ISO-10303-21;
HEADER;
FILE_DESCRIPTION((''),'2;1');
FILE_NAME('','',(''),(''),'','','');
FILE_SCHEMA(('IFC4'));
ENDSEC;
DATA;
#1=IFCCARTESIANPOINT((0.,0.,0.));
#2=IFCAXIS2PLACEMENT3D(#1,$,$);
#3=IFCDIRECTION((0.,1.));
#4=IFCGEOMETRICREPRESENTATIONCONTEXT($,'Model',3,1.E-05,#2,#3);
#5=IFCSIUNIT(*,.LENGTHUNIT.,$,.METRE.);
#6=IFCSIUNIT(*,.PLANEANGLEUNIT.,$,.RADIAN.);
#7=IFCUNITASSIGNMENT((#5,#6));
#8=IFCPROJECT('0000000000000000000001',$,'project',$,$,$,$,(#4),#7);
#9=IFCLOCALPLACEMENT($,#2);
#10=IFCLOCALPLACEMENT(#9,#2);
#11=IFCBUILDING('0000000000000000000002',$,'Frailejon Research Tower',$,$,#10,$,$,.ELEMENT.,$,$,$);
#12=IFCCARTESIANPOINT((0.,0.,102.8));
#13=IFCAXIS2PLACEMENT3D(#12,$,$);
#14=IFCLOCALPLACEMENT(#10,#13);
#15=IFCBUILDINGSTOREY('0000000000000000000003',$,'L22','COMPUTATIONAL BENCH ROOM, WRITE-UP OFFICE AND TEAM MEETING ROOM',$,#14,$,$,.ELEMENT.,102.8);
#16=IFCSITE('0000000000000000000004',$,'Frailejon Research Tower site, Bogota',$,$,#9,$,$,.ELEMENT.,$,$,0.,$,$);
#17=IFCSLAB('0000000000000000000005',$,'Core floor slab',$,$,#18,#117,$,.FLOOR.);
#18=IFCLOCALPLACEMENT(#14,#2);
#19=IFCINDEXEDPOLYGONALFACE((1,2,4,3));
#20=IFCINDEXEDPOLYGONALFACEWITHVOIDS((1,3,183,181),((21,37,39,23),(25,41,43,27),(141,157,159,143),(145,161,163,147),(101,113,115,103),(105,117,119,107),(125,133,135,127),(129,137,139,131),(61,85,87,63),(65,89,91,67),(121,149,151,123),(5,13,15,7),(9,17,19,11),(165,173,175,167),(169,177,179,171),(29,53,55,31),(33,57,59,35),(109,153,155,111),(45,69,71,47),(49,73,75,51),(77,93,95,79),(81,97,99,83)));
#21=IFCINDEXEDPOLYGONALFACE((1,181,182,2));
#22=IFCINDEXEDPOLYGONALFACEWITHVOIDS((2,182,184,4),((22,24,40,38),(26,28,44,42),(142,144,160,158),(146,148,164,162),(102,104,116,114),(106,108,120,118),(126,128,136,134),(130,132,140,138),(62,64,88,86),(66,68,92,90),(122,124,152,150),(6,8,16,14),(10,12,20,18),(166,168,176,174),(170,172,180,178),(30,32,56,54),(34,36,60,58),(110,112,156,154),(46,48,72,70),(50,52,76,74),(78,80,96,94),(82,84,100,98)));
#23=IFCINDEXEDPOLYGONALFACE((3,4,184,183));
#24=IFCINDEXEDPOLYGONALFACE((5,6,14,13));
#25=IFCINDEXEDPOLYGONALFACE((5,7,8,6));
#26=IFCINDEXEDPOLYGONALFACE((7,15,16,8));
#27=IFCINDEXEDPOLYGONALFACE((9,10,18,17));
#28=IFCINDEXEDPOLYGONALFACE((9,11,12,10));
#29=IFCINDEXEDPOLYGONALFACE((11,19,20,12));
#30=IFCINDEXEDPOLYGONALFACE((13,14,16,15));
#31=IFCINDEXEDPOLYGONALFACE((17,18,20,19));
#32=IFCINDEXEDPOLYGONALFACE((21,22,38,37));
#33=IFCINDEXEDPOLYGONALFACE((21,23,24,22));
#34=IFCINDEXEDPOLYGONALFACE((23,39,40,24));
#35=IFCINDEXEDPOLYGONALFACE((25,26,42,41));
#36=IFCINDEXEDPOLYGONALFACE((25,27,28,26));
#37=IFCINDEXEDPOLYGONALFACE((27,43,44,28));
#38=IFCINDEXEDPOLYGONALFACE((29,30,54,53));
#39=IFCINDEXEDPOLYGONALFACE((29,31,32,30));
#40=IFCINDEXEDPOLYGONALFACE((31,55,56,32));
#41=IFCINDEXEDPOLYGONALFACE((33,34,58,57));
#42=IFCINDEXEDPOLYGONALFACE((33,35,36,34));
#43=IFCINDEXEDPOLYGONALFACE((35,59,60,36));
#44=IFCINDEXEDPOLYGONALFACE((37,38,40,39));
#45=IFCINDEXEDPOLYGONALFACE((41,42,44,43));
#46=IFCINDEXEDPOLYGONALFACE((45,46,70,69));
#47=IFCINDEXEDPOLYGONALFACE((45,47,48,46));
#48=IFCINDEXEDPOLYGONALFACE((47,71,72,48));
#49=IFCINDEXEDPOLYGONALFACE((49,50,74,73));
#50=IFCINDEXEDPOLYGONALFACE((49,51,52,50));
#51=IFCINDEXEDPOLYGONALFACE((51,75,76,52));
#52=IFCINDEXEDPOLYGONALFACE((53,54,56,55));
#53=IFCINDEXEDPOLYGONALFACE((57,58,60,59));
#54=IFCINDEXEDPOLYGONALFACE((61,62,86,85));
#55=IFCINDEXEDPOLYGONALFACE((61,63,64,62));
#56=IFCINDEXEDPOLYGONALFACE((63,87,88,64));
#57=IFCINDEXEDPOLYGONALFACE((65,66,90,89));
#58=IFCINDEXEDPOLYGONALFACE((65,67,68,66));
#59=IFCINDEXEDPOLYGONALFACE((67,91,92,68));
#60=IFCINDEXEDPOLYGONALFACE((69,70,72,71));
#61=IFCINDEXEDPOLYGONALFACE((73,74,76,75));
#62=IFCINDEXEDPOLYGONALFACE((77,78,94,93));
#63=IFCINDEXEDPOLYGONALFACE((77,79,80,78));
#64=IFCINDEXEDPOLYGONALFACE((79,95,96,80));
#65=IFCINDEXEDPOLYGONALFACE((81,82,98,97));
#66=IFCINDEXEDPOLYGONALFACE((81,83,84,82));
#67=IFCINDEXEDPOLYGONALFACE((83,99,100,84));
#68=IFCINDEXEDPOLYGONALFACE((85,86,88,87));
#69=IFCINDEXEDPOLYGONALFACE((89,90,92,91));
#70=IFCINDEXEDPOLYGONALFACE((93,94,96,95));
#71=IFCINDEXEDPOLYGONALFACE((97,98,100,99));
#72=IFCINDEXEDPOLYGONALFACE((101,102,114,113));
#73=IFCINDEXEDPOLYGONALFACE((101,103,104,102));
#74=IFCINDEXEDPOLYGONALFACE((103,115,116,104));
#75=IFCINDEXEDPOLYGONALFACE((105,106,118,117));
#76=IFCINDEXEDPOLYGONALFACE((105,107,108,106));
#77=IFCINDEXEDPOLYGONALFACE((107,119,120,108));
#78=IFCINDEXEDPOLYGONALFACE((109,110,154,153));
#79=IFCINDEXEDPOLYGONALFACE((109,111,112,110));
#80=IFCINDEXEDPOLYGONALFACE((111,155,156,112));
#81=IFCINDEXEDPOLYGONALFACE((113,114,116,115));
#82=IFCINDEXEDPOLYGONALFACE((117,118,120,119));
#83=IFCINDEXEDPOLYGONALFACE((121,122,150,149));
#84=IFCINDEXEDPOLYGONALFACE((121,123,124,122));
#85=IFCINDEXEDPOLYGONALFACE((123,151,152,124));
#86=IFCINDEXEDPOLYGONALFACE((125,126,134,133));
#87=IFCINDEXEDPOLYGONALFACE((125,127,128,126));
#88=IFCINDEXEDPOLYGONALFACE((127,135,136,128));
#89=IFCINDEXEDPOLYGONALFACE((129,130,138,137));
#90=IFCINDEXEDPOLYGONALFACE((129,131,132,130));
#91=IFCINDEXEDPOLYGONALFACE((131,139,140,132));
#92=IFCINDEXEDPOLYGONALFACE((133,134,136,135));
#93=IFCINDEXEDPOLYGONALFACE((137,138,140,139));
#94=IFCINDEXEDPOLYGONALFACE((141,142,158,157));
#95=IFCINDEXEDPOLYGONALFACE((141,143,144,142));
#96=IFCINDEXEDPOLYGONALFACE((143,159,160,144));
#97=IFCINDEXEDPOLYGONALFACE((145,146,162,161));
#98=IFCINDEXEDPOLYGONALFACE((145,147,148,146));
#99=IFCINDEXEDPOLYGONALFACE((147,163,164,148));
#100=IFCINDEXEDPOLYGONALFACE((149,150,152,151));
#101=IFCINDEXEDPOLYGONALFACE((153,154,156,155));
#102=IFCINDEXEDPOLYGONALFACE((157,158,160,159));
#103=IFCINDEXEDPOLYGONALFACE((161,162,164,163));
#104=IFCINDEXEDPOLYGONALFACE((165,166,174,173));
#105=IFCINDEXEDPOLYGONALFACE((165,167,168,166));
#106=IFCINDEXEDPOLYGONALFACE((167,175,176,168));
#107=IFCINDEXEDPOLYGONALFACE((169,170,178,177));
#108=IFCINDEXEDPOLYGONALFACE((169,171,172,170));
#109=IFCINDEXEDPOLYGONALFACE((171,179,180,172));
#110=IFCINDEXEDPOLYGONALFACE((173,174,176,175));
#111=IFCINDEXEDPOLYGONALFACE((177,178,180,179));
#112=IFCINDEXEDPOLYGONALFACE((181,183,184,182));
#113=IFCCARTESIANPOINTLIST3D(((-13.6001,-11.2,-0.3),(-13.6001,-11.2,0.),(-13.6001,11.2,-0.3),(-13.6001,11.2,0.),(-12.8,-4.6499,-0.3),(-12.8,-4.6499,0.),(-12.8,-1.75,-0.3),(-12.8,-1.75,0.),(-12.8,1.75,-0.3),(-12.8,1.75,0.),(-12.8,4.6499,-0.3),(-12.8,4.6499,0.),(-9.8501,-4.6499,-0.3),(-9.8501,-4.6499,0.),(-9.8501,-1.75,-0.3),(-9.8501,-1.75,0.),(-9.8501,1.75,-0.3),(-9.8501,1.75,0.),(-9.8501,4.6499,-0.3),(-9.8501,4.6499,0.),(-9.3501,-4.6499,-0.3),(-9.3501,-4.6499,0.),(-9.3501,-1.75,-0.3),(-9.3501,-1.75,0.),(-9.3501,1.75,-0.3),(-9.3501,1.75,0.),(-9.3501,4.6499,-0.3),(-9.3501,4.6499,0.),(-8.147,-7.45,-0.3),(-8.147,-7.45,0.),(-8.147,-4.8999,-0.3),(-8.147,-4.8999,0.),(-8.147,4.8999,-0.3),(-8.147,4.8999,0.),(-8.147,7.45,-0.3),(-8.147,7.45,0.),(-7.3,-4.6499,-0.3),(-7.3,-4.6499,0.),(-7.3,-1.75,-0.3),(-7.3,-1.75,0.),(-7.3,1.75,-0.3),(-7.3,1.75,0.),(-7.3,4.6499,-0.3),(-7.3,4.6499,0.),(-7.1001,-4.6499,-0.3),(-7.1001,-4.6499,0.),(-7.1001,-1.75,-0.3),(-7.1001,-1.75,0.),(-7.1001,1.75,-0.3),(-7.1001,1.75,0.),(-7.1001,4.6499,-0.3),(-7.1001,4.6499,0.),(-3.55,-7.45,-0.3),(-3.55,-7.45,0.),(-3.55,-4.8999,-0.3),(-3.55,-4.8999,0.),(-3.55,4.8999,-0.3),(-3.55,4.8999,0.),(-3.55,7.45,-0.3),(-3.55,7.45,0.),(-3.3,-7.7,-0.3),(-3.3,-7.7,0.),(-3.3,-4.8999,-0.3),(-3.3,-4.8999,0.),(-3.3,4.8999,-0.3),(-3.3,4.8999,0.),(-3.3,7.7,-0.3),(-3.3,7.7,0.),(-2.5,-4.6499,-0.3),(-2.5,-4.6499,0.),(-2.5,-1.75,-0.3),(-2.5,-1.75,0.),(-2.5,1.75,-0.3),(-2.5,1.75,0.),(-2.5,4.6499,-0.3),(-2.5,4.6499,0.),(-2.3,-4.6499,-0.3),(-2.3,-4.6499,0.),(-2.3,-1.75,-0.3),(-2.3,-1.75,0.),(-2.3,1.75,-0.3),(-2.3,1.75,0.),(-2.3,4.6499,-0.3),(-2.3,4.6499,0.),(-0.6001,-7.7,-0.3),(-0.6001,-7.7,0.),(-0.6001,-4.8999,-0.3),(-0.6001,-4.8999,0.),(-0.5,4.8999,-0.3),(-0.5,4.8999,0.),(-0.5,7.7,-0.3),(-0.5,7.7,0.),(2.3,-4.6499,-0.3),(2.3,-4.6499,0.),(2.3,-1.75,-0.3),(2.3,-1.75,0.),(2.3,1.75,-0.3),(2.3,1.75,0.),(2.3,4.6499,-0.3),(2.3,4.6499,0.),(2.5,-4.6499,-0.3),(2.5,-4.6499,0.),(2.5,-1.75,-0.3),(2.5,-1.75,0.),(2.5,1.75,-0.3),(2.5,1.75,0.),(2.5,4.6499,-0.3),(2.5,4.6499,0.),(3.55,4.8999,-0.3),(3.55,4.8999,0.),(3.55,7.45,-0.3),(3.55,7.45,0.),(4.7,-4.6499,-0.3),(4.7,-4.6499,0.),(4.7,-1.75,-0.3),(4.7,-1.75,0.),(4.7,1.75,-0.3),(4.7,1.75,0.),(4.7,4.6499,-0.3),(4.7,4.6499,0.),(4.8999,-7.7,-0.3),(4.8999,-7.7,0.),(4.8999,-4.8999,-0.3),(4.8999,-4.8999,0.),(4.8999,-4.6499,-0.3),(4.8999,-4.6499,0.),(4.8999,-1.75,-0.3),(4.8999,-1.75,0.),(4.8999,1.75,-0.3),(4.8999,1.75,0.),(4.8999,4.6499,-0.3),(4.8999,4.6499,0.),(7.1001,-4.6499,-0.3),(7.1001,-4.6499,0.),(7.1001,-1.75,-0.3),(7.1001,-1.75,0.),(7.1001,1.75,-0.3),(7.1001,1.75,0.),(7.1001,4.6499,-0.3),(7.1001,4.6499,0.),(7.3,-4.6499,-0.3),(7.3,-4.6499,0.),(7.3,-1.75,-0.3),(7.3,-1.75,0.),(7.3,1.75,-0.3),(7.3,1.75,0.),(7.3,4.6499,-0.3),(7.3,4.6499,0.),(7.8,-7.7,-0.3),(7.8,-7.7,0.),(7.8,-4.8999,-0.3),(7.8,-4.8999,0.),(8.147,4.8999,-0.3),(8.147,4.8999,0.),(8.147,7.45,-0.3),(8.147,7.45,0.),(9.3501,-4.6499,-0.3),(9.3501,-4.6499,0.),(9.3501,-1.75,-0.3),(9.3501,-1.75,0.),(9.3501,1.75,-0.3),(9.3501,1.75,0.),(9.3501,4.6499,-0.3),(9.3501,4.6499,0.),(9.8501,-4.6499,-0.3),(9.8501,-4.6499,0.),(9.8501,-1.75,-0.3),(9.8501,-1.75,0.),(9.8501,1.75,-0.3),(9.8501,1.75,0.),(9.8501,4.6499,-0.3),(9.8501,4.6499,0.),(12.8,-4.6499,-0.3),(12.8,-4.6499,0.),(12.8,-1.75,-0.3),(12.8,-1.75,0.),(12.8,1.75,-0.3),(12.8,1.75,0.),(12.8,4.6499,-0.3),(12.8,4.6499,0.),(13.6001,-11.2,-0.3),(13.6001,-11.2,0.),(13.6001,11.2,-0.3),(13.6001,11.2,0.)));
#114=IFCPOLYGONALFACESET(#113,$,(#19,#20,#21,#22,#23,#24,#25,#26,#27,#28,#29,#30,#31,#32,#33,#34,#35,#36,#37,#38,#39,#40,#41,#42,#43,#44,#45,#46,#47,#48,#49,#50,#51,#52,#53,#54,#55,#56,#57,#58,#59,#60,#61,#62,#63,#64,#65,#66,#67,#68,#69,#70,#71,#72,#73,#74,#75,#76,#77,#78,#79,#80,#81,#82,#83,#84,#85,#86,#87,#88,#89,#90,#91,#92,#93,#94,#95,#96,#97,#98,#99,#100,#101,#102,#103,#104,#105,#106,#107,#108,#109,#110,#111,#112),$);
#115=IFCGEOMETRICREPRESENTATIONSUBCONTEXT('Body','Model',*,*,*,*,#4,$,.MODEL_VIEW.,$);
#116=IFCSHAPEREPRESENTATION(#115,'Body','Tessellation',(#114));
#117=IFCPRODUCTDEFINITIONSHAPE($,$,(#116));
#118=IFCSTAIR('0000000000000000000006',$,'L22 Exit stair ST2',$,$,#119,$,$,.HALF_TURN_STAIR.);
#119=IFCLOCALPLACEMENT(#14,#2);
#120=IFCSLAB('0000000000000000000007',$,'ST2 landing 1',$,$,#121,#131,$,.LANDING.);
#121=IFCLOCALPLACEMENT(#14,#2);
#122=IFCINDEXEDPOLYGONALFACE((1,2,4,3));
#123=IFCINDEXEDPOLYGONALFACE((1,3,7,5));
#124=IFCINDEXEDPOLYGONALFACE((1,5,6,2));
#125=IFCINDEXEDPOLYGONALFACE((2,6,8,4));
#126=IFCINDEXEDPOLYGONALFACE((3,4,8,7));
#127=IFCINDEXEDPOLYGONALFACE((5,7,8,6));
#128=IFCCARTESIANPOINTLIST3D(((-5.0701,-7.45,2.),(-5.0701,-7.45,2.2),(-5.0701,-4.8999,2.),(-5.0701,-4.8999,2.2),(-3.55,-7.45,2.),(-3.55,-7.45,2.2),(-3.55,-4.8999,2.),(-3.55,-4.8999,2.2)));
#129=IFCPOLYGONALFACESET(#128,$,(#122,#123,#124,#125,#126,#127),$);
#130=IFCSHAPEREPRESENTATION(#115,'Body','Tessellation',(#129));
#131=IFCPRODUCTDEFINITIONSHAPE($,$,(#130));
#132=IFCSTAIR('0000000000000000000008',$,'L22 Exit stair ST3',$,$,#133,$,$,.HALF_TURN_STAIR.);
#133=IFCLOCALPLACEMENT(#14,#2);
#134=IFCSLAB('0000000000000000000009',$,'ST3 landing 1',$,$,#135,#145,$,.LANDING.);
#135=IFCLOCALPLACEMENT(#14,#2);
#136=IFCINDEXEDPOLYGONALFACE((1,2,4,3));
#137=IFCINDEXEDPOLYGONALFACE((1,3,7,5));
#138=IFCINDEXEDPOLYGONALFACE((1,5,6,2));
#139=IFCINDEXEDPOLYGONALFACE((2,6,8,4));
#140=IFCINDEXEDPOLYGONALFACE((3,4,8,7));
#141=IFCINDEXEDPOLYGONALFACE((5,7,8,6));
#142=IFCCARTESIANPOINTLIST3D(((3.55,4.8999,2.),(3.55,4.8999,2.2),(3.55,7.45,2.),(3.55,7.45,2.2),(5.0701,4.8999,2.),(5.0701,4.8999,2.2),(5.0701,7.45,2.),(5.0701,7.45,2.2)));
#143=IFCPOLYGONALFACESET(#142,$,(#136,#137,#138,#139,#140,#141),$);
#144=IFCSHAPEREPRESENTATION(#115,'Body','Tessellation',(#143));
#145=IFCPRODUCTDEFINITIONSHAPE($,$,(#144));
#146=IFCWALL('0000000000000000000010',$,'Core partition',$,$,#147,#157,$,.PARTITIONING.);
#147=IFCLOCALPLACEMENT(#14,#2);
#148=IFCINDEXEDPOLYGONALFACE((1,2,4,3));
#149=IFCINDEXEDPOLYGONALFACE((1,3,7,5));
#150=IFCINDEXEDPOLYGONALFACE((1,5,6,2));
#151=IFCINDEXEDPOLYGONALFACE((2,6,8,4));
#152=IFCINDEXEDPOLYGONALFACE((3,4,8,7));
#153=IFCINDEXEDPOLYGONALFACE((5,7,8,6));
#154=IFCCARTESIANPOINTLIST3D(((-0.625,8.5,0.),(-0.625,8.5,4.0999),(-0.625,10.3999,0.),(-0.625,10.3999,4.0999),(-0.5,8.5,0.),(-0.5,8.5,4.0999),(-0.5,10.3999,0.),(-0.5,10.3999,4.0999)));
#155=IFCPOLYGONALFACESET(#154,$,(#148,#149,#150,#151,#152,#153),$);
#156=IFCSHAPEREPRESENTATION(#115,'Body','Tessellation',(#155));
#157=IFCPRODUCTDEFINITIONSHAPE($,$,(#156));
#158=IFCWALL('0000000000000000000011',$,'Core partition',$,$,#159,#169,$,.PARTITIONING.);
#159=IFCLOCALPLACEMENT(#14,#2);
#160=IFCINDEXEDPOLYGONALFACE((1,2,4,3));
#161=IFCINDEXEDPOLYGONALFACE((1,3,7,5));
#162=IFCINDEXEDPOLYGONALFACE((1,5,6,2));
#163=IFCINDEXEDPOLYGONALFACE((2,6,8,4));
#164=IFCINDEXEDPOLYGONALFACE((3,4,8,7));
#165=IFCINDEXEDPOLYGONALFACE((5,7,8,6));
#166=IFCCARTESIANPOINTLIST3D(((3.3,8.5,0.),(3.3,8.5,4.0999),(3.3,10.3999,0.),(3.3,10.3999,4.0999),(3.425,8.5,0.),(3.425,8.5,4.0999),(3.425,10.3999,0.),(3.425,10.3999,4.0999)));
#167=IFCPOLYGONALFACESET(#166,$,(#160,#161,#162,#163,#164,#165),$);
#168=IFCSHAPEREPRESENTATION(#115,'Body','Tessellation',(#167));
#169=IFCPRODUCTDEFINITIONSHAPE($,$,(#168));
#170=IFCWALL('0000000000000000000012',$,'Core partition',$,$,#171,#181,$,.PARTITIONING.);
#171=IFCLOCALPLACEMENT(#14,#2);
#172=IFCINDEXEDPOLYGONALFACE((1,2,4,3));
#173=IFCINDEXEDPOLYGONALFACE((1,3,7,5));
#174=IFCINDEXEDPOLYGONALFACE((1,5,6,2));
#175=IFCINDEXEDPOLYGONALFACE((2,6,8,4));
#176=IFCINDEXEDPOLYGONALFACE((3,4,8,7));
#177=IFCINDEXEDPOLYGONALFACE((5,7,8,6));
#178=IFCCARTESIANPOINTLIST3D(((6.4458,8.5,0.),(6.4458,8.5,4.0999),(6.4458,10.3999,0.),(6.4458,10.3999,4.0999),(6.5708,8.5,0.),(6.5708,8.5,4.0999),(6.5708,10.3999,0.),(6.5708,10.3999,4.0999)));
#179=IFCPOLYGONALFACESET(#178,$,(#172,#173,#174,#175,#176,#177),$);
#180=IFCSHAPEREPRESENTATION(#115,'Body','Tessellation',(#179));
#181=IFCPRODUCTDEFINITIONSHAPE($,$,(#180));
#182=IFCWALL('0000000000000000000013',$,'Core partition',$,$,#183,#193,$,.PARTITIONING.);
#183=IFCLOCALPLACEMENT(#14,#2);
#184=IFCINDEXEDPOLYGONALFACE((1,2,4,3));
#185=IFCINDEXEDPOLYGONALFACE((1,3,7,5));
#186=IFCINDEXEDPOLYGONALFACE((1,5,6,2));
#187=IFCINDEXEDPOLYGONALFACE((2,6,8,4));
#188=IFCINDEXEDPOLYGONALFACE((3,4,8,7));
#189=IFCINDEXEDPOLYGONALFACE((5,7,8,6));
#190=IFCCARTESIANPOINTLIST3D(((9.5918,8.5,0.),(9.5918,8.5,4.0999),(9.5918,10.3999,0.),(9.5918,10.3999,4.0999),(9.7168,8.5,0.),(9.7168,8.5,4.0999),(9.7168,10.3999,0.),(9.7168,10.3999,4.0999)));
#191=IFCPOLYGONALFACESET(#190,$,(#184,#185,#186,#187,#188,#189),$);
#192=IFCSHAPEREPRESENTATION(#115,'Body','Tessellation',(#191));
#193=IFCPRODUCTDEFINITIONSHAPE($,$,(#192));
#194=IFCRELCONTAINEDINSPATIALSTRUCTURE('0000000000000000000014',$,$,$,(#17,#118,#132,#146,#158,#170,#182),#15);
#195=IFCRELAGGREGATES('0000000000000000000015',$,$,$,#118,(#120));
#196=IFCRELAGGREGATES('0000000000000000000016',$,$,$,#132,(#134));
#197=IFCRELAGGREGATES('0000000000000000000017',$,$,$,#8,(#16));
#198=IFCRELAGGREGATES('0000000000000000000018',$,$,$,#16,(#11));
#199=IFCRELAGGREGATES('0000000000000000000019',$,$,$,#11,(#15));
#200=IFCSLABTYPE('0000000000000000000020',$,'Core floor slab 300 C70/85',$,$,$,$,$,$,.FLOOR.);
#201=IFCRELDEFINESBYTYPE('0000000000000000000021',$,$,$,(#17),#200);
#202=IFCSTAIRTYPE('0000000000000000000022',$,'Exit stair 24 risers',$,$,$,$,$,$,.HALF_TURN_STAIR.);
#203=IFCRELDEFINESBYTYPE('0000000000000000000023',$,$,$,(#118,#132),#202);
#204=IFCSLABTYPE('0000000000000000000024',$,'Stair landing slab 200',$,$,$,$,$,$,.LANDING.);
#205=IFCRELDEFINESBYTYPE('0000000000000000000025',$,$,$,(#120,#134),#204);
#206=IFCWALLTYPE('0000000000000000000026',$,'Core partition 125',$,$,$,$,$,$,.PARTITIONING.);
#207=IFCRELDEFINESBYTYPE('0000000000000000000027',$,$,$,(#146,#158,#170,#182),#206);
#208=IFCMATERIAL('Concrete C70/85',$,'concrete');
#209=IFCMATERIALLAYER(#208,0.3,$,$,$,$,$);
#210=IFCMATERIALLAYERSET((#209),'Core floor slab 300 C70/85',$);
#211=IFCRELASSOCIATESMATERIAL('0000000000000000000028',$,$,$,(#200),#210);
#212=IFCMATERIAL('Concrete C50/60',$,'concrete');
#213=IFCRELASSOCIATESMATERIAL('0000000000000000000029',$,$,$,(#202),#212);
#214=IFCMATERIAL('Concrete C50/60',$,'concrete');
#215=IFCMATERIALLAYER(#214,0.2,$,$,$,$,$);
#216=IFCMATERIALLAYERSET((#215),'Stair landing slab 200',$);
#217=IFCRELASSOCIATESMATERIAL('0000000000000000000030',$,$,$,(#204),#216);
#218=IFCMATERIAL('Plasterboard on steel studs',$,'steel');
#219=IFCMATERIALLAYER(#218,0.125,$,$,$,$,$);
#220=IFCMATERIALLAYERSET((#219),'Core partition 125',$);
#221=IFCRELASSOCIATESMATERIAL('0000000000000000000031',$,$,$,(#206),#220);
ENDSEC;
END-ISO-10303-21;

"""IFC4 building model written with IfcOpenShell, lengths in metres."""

from ifc_helpers import new_model, si_unit, direction, frame, frame_2d, origin, place, context, subcontext, project, spatial, polyline, rectangle, outline, extrude, material, layer, layer_set, type_object, element, aggregate, save


model = new_model("IFC4")

# Units and contexts
model_context = context("Model", 3, precision=1e-05, world=origin(), true_north=direction((0.0, 1.0)))
body_context = subcontext(model_context, "Body", "Model", "MODEL_VIEW")
ifc_project = project(units=[si_unit("LENGTHUNIT", "METRE"), si_unit("PLANEANGLEUNIT", "RADIAN")], contexts=[model_context])

# Site, building, storey
site_placement = place(None, origin())
site = spatial("IfcSite", under=ifc_project, at=site_placement, Name="Frailejon Research Tower site, Bogota", CompositionType="ELEMENT", RefElevation=0.0)
building_placement = place(site_placement, origin())
building = spatial("IfcBuilding", under=site, at=building_placement, Name="Frailejon Research Tower", CompositionType="ELEMENT")
storey_placement = place(building_placement, frame((0.0, 0.0, 102.8)))
storey = spatial("IfcBuildingStorey", under=building, at=storey_placement, Name="L22", Description="COMPUTATIONAL BENCH ROOM, WRITE-UP OFFICE AND TEAM MEETING ROOM", CompositionType="ELEMENT", Elevation=102.8)

# Slab
ifc_material_1 = material(Name="Concrete C70/85", Category="concrete")
ifc_layer_1 = layer(ifc_material_1, 0.3)
ifc_layer_set_1 = layer_set([ifc_layer_1], Name="Core floor slab 300 C70/85")
slab_type_1 = type_object("IfcSlabType", Name="Core floor slab 300 C70/85", PredefinedType="FLOOR", material=ifc_layer_set_1)
slab_1_placement = place(storey_placement, frame((0.0, 0.0, -0.3)))
element("IfcSlab", 1, at=slab_1_placement, inside=storey, type_object=slab_type_1, Name="Core floor slab", PredefinedType="FLOOR", context=body_context, shape_type="SweptSolid", body=[
    extrude(outline(polyline([(13.6001, -11.2), (13.6001, 11.2), (-13.6001, 11.2), (-13.6001, -11.2), (13.6001, -11.2)]), holes=[polyline([(-9.8501, 1.75), (-9.8501, 4.6499), (-12.8, 4.6499), (-12.8, 1.75), (-9.8501, 1.75)]), polyline([(-7.3, 1.75), (-7.3, 4.6499), (-9.3501, 4.6499), (-9.3501, 1.75), (-7.3, 1.75)]), polyline([(-2.5, 1.75), (-2.5, 4.6499), (-7.1001, 4.6499), (-7.1001, 1.75), (-2.5, 1.75)]), polyline([(2.3, 1.75), (2.3, 4.6499), (-2.3, 4.6499), (-2.3, 1.75), (2.3, 1.75)]), polyline([(4.7, 1.75), (4.7, 4.6499), (2.5, 4.6499), (2.5, 1.75), (4.7, 1.75)]), polyline([(7.1001, 1.75), (7.1001, 4.6499), (4.8999, 4.6499), (4.8999, 1.75), (7.1001, 1.75)]), polyline([(9.3501, 1.75), (9.3501, 4.6499), (7.3, 4.6499), (7.3, 1.75), (9.3501, 1.75)]), polyline([(12.8, 1.75), (12.8, 4.6499), (9.8501, 4.6499), (9.8501, 1.75), (12.8, 1.75)]), polyline([(-9.8501, -4.6499), (-9.8501, -1.75), (-12.8, -1.75), (-12.8, -4.6499), (-9.8501, -4.6499)]), polyline([(-7.3, -4.6499), (-7.3, -1.75), (-9.3501, -1.75), (-9.3501, -4.6499), (-7.3, -4.6499)]), polyline([(-2.5, -4.6499), (-2.5, -1.75), (-7.1001, -1.75), (-7.1001, -4.6499), (-2.5, -4.6499)]), polyline([(2.3, -4.6499), (2.3, -1.75), (-2.3, -1.75), (-2.3, -4.6499), (2.3, -4.6499)]), polyline([(4.7, -4.6499), (4.7, -1.75), (2.5, -1.75), (2.5, -4.6499), (4.7, -4.6499)]), polyline([(7.1001, -4.6499), (7.1001, -1.75), (4.8999, -1.75), (4.8999, -4.6499), (7.1001, -4.6499)]), polyline([(9.3501, -4.6499), (9.3501, -1.75), (7.3, -1.75), (7.3, -4.6499), (9.3501, -4.6499)]), polyline([(12.8, -4.6499), (12.8, -1.75), (9.8501, -1.75), (9.8501, -4.6499), (12.8, -4.6499)]), polyline([(-8.147, 4.8999), (-3.55, 4.8999), (-3.55, 7.45), (-8.147, 7.45), (-8.147, 4.8999)]), polyline([(-8.147, -7.45), (-3.55, -7.45), (-3.55, -4.8999), (-8.147, -4.8999), (-8.147, -7.45)]), polyline([(8.147, 7.45), (3.55, 7.45), (3.55, 4.8999), (8.147, 4.8999), (8.147, 7.45)]), polyline([(-0.6001, -7.7), (-0.6001, -4.8999), (-3.3, -4.8999), (-3.3, -7.7), (-0.6001, -7.7)]), polyline([(7.8, -7.7), (7.8, -4.8999), (4.8999, -4.8999), (4.8999, -7.7), (7.8, -7.7)]), polyline([(-0.5, 4.8999), (-0.5, 7.7), (-3.3, 7.7), (-3.3, 4.8999), (-0.5, 4.8999)])]), origin(), (0.0, 0.0, 1.0), 0.3),
])

# Stairs, slabs
ifc_material_2 = material(Name="Concrete C50/60", Category="concrete")
stair_type = type_object("IfcStairType", Name="Exit stair 24 risers", PredefinedType="HALF_TURN_STAIR", material=ifc_material_2)
stair_1_placement = place(storey_placement, origin())
stair_1 = element("IfcStair", 2, at=stair_1_placement, inside=storey, type_object=stair_type, Name="L22 Exit stair ST2", PredefinedType="HALF_TURN_STAIR")
ifc_material_3 = material(Name="Concrete C50/60", Category="concrete")
ifc_layer_2 = layer(ifc_material_3, 0.2)
ifc_layer_set_2 = layer_set([ifc_layer_2], Name="Stair landing slab 200")
slab_type_2 = type_object("IfcSlabType", Name="Stair landing slab 200", PredefinedType="LANDING", material=ifc_layer_set_2)
slab_2_placement = place(storey_placement, frame((0.0, 0.0, 2.0)))
slab_2 = element("IfcSlab", 3, at=slab_2_placement, type_object=slab_type_2, Name="ST2 landing 1", PredefinedType="LANDING", context=body_context, shape_type="SweptSolid", body=[
    extrude(outline(polyline([(-5.0701, -7.45), (-3.55, -7.45), (-3.55, -4.8999), (-5.0701, -4.8999), (-5.0701, -7.45)])), origin(), (0.0, 0.0, 1.0), 0.2),
])
aggregate(stair_1, [slab_2])
stair_2_placement = place(storey_placement, origin())
stair_2 = element("IfcStair", 4, at=stair_2_placement, inside=storey, type_object=stair_type, Name="L22 Exit stair ST3", PredefinedType="HALF_TURN_STAIR")
slab_3_placement = place(storey_placement, frame((0.0, 0.0, 2.0)))
slab_3 = element("IfcSlab", 5, at=slab_3_placement, type_object=slab_type_2, Name="ST3 landing 1", PredefinedType="LANDING", context=body_context, shape_type="SweptSolid", body=[
    extrude(outline(polyline([(5.0701, 7.45), (3.55, 7.45), (3.55, 4.8999), (5.0701, 4.8999), (5.0701, 7.45)])), origin(), (0.0, 0.0, 1.0), 0.2),
])

# Walls
ifc_material_4 = material(Name="Plasterboard on steel studs", Category="steel")
ifc_layer_3 = layer(ifc_material_4, 0.125)
ifc_layer_set_3 = layer_set([ifc_layer_3], Name="Core partition 125")
wall_type_1 = type_object("IfcWallType", Name="Core partition 125", PredefinedType="PARTITIONING", material=ifc_layer_set_3)
for number, where, z_axis, x_axis, name in (
    (6, (-0.5625, 8.5, 0.0), (0.0, 0.0, 1.0), (0.0, 1.0, 0.0), "Core partition"),
    (7, (3.3625, 8.5, 0.0), (0.0, 0.0, 1.0), (0.0, 1.0, 0.0), "Core partition"),
    (8, (6.5083, 8.5, 0.0), (0.0, 0.0, 1.0), (0.0, 1.0, 0.0), "Core partition"),
    (9, (9.6543, 8.5, 0.0), (0.0, 0.0, 1.0), (0.0, 1.0, 0.0), "Core partition"),
):
    element("IfcWall", number, at=place(storey_placement, frame(where, z_axis=z_axis, x_axis=x_axis)), inside=storey, type_object=wall_type_1, Name=name, PredefinedType="PARTITIONING", context=body_context, shape_type="SweptSolid", body=[
        extrude(rectangle(XDim=1.8999, YDim=0.125, at=frame_2d((0.95, 0.0))), origin(), (0.0, 0.0, 1.0), 4.0999),
    ])

aggregate(stair_2, [slab_3])

save(model, "model.ifc")
